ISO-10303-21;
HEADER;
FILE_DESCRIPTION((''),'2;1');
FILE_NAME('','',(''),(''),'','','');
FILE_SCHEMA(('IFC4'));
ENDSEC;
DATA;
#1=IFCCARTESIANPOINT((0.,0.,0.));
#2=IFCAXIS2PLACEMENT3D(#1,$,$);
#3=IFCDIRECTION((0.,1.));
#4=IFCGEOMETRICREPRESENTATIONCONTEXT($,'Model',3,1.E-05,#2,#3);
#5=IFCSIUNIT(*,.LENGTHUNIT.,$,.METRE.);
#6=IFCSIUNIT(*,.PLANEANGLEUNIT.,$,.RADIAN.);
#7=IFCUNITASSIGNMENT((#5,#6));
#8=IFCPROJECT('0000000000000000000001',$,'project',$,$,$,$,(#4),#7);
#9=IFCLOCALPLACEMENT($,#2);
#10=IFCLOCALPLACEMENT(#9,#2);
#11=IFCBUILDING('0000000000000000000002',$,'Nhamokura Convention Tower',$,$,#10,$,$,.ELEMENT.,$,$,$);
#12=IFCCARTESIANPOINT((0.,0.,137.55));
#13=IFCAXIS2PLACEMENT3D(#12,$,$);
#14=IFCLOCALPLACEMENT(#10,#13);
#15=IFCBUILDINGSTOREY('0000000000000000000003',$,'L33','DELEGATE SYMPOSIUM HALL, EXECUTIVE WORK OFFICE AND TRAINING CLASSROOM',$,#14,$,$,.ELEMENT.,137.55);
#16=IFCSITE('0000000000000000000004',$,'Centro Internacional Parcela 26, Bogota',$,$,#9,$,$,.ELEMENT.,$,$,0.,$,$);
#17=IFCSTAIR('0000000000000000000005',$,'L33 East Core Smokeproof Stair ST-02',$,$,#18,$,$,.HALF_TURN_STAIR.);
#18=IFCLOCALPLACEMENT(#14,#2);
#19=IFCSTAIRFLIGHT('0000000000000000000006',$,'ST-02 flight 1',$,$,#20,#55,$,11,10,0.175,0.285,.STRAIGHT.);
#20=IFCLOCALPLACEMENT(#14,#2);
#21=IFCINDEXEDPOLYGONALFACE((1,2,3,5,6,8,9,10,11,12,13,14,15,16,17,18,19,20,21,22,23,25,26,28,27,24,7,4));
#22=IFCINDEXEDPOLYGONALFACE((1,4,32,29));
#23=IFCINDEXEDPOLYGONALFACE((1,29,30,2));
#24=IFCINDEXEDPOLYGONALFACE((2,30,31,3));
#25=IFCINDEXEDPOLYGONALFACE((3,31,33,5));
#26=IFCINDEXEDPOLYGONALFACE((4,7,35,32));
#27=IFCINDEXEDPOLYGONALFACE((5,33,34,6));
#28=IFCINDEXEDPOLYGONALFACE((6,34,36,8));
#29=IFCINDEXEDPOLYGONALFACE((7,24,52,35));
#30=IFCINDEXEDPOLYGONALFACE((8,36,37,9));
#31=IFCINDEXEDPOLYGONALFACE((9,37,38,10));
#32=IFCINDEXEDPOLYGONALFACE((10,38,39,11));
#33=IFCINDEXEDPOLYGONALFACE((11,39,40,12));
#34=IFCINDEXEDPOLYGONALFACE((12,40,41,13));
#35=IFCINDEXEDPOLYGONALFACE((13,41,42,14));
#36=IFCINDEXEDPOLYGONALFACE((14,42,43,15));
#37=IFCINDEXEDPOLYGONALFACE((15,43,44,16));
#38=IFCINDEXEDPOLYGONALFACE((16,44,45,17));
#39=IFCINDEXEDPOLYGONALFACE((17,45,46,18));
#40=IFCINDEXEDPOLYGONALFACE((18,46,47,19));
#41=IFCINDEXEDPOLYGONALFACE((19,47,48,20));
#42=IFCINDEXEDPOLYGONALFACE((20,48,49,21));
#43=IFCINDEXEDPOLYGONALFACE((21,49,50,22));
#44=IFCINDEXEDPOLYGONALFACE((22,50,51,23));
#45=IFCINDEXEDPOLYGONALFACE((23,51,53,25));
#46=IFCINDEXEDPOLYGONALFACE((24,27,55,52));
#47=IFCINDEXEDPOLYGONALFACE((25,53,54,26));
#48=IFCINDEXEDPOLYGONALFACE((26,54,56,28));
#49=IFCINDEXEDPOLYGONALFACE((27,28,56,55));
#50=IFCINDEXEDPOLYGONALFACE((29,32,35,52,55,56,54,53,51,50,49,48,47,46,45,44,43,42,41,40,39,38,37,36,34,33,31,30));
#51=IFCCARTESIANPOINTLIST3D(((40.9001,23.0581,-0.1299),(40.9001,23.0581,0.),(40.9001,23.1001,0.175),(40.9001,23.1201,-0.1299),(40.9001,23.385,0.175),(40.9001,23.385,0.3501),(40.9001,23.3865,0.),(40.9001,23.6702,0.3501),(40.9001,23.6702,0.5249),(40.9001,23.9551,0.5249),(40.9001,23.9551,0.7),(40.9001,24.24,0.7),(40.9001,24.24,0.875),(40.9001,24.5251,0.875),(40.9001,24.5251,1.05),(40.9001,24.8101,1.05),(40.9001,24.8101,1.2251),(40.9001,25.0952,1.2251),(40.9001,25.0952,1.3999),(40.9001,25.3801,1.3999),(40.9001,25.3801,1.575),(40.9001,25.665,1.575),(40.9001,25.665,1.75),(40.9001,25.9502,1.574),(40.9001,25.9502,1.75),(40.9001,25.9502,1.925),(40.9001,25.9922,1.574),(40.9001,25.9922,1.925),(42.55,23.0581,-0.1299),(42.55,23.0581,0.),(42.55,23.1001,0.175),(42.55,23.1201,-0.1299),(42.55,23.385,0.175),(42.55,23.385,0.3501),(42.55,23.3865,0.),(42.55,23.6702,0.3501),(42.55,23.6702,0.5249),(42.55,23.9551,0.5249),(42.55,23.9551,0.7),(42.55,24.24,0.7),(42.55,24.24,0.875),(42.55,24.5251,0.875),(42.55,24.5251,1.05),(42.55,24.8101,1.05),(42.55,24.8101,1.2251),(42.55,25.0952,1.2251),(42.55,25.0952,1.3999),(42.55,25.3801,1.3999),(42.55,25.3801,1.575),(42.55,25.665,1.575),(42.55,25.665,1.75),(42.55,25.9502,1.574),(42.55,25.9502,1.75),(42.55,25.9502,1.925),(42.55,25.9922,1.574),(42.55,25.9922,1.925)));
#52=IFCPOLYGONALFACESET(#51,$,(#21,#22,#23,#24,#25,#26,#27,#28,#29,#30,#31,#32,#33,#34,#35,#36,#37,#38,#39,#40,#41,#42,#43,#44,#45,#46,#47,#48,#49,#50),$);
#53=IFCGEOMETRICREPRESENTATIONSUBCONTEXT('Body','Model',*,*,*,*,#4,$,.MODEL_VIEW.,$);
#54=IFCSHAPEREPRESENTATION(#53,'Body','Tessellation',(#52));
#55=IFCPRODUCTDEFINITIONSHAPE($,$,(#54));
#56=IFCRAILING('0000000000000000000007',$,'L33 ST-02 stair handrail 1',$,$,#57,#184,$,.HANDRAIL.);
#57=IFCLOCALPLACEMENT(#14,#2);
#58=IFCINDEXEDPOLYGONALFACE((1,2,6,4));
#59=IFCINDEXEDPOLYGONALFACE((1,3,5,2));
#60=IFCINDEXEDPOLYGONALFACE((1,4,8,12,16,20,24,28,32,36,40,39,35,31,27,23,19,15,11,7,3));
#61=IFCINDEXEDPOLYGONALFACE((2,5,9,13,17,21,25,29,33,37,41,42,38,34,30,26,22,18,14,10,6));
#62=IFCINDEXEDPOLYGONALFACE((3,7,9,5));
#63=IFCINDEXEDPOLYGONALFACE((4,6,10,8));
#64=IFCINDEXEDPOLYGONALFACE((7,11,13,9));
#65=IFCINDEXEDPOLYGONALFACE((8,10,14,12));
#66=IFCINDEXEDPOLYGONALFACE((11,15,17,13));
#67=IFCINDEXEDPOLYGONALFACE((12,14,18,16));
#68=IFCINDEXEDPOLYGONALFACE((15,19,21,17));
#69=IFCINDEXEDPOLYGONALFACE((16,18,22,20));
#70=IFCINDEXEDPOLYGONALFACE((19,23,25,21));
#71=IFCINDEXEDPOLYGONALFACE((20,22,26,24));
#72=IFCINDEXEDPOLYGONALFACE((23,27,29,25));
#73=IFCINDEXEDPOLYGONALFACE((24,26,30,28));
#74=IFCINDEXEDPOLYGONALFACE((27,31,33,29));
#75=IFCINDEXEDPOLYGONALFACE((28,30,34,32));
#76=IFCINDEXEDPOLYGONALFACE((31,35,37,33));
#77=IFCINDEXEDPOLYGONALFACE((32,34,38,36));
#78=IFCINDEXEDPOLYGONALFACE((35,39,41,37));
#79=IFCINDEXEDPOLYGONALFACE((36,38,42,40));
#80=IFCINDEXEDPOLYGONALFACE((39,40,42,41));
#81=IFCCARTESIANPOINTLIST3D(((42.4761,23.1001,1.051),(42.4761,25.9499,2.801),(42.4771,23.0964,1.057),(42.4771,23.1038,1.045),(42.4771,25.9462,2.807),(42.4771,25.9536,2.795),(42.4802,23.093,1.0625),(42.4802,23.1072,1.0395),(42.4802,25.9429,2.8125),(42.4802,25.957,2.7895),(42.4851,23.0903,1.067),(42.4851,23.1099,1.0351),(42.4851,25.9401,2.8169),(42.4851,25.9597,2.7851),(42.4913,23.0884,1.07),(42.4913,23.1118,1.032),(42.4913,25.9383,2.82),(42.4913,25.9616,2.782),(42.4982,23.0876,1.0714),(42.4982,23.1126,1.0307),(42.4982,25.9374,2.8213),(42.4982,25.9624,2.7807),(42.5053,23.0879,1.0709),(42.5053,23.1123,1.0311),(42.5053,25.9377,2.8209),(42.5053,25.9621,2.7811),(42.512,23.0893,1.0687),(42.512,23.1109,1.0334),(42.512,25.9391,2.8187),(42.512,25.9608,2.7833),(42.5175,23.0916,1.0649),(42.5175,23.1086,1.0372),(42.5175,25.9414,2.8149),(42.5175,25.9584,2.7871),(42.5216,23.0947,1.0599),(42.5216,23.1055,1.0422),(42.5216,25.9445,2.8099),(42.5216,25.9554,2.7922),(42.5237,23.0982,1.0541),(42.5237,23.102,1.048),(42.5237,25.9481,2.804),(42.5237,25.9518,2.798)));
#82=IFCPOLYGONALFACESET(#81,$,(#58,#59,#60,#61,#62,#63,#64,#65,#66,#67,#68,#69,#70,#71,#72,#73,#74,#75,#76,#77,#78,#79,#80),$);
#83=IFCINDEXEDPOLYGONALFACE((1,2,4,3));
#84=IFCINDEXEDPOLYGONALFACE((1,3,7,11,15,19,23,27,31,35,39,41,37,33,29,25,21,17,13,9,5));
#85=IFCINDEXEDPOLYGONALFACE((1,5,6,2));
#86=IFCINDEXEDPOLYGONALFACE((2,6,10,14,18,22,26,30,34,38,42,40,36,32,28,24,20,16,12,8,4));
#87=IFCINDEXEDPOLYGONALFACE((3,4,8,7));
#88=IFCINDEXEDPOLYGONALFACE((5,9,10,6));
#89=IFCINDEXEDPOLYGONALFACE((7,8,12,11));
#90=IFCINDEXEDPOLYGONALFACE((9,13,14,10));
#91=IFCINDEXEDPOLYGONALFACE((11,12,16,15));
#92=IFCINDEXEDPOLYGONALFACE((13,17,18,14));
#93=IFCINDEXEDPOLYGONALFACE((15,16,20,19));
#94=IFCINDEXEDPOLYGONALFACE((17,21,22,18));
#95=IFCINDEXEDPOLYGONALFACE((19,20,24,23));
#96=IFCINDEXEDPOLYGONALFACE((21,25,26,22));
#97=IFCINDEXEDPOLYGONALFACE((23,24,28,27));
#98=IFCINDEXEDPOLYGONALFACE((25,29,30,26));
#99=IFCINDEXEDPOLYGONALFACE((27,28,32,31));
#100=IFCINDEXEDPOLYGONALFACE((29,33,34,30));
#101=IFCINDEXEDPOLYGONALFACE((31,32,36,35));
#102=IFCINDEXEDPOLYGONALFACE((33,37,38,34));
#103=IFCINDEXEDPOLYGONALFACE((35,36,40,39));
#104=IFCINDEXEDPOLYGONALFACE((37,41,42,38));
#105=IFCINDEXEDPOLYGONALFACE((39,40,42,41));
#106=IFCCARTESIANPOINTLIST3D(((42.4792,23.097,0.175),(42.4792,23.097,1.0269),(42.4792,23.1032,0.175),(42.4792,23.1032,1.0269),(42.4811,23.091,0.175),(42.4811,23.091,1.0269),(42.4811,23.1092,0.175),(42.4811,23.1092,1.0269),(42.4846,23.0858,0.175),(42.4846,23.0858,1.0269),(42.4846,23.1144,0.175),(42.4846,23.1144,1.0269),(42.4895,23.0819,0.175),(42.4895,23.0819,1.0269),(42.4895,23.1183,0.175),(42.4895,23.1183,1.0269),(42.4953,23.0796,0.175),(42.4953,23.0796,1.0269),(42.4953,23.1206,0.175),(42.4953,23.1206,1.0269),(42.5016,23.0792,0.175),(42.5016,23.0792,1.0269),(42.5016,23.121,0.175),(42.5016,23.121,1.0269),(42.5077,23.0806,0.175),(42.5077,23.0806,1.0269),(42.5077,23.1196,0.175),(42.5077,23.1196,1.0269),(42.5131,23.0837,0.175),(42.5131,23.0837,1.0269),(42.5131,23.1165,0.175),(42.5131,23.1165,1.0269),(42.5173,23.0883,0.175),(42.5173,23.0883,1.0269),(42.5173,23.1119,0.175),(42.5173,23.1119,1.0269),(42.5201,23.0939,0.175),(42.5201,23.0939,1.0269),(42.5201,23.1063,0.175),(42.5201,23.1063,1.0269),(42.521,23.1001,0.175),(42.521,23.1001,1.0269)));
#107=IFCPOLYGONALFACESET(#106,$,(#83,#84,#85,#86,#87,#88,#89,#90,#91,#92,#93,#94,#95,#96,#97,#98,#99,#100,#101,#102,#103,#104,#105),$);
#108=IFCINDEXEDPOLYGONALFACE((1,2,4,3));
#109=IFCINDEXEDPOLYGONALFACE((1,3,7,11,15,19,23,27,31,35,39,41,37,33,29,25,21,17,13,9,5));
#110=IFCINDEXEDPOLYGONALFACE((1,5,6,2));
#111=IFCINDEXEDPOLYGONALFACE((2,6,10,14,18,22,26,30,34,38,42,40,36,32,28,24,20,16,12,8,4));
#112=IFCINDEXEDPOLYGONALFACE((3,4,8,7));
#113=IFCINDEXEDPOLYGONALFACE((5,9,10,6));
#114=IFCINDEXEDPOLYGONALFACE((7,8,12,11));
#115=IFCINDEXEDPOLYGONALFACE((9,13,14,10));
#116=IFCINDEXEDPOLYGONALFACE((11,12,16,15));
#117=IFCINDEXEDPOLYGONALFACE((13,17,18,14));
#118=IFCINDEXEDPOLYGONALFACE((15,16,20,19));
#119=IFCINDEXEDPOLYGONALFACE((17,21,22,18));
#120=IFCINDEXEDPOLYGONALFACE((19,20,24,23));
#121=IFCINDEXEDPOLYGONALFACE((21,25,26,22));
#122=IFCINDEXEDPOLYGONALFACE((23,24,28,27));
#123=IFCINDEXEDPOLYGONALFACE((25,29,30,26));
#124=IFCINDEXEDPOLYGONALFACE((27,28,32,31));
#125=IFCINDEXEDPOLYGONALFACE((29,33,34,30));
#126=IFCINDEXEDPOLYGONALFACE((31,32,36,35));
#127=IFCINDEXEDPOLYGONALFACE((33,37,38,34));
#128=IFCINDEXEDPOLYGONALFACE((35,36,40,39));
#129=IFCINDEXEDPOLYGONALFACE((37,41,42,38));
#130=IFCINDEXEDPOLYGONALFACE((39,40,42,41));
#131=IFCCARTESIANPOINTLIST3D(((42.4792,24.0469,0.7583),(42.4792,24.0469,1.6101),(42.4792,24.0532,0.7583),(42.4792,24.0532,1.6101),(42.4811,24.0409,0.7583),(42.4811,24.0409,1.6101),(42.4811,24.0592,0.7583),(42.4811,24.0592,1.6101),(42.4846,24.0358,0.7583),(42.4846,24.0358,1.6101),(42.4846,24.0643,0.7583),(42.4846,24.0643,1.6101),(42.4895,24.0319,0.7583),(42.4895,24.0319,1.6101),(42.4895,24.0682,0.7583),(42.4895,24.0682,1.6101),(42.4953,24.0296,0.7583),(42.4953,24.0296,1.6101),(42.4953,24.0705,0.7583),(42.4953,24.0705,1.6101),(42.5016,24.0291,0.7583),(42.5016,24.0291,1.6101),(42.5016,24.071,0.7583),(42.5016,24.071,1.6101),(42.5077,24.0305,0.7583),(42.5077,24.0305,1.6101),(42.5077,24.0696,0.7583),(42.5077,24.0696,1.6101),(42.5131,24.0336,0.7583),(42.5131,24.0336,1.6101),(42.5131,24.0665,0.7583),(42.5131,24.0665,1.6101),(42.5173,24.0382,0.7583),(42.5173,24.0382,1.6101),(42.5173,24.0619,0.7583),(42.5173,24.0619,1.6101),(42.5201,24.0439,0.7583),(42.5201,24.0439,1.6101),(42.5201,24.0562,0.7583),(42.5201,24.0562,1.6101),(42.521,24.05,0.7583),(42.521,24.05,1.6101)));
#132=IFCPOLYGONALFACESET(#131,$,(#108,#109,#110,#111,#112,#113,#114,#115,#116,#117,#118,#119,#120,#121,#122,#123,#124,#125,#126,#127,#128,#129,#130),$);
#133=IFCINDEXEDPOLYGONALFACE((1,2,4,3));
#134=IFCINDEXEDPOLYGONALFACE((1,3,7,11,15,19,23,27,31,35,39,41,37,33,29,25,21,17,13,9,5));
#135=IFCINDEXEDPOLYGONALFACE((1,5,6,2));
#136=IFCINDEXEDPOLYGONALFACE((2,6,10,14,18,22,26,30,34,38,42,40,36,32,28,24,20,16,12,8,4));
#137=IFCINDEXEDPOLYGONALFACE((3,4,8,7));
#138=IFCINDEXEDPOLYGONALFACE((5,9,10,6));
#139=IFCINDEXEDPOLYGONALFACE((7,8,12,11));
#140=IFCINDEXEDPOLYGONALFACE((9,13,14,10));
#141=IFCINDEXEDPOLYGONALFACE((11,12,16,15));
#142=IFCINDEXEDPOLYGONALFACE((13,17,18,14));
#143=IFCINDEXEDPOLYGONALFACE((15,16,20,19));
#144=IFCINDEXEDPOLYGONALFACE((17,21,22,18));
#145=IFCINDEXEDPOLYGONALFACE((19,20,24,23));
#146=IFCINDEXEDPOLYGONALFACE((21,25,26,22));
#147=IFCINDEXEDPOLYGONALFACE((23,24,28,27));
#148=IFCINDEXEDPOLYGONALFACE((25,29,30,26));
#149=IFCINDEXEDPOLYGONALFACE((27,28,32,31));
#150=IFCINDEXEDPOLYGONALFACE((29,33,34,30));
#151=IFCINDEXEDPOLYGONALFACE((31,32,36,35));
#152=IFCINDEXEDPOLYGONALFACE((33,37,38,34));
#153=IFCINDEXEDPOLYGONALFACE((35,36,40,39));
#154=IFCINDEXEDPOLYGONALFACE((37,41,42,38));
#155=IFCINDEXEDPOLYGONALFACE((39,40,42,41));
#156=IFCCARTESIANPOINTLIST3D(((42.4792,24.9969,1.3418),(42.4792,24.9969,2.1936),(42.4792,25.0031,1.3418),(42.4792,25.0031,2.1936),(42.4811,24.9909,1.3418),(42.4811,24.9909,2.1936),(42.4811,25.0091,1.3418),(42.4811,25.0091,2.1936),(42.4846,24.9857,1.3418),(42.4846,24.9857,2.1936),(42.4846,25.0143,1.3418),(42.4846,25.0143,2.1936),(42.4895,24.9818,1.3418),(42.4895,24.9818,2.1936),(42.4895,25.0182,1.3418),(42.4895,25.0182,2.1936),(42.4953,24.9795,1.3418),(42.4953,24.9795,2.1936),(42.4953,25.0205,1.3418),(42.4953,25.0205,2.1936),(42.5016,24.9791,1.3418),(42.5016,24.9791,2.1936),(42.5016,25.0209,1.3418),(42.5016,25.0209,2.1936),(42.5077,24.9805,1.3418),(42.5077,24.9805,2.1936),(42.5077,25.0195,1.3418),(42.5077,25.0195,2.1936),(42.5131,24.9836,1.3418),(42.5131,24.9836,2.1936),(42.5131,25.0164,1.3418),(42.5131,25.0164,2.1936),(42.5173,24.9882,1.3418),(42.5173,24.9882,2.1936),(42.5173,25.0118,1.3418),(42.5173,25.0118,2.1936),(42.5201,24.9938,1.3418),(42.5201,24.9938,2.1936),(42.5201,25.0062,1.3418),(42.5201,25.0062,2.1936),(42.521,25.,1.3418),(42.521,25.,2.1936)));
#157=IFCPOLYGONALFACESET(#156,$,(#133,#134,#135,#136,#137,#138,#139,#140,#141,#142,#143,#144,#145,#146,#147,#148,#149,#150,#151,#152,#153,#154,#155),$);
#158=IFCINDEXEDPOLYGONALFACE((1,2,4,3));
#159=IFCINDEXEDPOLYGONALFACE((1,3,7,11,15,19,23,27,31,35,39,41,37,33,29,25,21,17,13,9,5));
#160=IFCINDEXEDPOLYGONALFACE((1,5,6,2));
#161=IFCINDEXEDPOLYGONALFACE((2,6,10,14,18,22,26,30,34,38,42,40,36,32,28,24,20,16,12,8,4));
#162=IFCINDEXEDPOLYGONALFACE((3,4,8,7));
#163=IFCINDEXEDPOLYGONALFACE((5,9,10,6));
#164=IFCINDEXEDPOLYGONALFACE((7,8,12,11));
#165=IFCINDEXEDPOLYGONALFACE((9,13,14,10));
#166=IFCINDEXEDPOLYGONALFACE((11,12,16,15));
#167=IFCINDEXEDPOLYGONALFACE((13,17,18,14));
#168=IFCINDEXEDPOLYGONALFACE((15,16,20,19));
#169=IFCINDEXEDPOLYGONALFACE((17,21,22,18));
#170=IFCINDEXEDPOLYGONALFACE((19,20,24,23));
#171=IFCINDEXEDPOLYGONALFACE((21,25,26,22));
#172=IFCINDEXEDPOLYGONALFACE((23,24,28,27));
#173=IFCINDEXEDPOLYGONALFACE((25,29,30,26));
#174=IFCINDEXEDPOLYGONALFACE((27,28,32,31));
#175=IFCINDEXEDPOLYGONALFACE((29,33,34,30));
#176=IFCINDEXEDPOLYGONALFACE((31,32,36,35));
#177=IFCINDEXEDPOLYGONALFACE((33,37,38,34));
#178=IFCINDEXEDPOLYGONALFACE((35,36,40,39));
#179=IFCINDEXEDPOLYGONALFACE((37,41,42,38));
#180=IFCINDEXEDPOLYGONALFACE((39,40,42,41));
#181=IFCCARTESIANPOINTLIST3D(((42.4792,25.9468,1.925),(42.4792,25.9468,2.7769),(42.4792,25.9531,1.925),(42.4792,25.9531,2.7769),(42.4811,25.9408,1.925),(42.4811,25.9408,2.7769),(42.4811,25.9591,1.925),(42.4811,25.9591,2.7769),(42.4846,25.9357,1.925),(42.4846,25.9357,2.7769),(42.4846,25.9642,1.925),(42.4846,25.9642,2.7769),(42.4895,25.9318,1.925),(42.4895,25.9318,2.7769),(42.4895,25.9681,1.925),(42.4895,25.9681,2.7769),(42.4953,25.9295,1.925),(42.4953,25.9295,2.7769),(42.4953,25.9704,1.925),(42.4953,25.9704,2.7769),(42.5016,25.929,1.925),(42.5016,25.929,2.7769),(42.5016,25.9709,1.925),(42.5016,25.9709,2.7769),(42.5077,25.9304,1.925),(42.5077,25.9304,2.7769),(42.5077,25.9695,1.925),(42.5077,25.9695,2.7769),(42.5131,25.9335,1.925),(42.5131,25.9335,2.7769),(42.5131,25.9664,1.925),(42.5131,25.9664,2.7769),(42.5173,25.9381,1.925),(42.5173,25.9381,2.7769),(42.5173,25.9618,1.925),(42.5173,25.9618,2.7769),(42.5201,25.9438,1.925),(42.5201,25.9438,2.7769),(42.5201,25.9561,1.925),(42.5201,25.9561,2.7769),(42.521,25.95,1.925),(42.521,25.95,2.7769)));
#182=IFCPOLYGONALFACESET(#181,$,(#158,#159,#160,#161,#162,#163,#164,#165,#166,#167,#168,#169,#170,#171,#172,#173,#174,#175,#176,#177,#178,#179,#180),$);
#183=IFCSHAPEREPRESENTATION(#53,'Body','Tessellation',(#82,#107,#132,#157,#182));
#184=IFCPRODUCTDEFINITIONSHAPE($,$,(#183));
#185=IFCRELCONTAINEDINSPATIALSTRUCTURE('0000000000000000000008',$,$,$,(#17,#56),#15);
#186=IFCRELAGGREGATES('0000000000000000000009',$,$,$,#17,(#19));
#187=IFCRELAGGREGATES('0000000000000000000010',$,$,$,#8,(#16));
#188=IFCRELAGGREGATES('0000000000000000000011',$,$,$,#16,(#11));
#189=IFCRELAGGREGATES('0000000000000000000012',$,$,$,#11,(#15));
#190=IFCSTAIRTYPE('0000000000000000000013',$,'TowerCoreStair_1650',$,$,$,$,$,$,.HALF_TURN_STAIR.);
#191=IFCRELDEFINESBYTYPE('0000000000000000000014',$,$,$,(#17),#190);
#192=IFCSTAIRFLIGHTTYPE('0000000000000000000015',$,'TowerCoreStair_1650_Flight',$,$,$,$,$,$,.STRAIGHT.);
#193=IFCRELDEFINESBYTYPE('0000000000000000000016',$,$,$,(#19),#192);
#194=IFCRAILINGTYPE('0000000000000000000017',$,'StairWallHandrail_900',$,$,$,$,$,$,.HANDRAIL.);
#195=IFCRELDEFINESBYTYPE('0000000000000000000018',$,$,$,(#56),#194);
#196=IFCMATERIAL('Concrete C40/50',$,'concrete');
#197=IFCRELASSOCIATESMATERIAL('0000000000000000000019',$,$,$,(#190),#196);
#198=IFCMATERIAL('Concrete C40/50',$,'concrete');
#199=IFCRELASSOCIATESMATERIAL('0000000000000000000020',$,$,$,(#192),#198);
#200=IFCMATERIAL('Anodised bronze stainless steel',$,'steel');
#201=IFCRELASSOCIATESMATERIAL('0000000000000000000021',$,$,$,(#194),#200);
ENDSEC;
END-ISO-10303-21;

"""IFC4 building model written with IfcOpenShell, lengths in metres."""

from ifc_helpers import new_model, si_unit, direction, frame, origin, origin_2d, place, context, subcontext, project, spatial, polyline, circle, outline, extrude, material, type_object, element, aggregate, save


model = new_model("IFC4")

# Units and contexts
model_context = context("Model", 3, precision=1e-05, world=origin(), true_north=direction((0.0, 1.0)))
body_context = subcontext(model_context, "Body", "Model", "MODEL_VIEW")
ifc_project = project(units=[si_unit("LENGTHUNIT", "METRE"), si_unit("PLANEANGLEUNIT", "RADIAN")], contexts=[model_context])

# Site, building, storey
site_placement = place(None, origin())
site = spatial("IfcSite", under=ifc_project, at=site_placement, Name="Centro Internacional Parcela 26, Bogota", CompositionType="ELEMENT", RefElevation=0.0)
building_placement = place(site_placement, origin())
building = spatial("IfcBuilding", under=site, at=building_placement, Name="Nhamokura Convention Tower", CompositionType="ELEMENT")
storey_placement = place(building_placement, frame((0.0, 0.0, 137.55)))
storey = spatial("IfcBuildingStorey", under=building, at=storey_placement, Name="L33", Description="DELEGATE SYMPOSIUM HALL, EXECUTIVE WORK OFFICE AND TRAINING CLASSROOM", CompositionType="ELEMENT", Elevation=137.55)

# Stair, stair flight
ifc_material_1 = material(Name="Concrete C40/50", Category="concrete")
stair_type = type_object("IfcStairType", Name="TowerCoreStair_1650", PredefinedType="HALF_TURN_STAIR", material=ifc_material_1)
stair_placement = place(storey_placement, origin())
stair = element("IfcStair", 1, at=stair_placement, inside=storey, type_object=stair_type, Name="L33 East Core Smokeproof Stair ST-02", PredefinedType="HALF_TURN_STAIR")
ifc_material_2 = material(Name="Concrete C40/50", Category="concrete")
stair_flight_type = type_object("IfcStairFlightType", Name="TowerCoreStair_1650_Flight", PredefinedType="STRAIGHT", material=ifc_material_2)
stair_flight_placement = place(storey_placement, frame((41.7251, 23.1001, 0.0), z_axis=(0.0, 0.0, 1.0), x_axis=(0.0, 1.0, 0.0)))
stair_flight = element("IfcStairFlight", 2, at=stair_flight_placement, type_object=stair_flight_type, Name="ST-02 flight 1", NumberOfRisers=11, NumberOfTreads=10, PredefinedType="STRAIGHT", RiserHeight=0.175, TreadLength=0.285, context=body_context, shape_type="SweptSolid", body=[
    extrude(outline(polyline([(-0.042, 0.0), (0.0, 0.175), (0.2849, 0.175), (0.2849, 0.3501), (0.5701, 0.3501), (0.5701, 0.5249), (0.855, 0.5249), (0.855, 0.7), (1.1399, 0.7), (1.1399, 0.875), (1.425, 0.875), (1.425, 1.05), (1.71, 1.05), (1.71, 1.2251), (1.9951, 1.2251), (1.9951, 1.3999), (2.28, 1.3999), (2.28, 1.575), (2.5649, 1.575), (2.5649, 1.75), (2.8501, 1.75), (2.8501, 1.925), (2.8921, 1.925), (2.8921, 1.574), (2.8501, 1.574), (0.2864, 0.0), (0.02, -0.1299), (-0.042, -0.1299), (-0.042, 0.0)])), frame((0.0, 0.825, 0.0), z_axis=(0.0, -1.0, 0.0), x_axis=(1.0, 0.0, 0.0)), (0.0, 0.0, 1.0), 1.6499),
])
aggregate(stair, [stair_flight])

# Railing
ifc_material_3 = material(Name="Anodised bronze stainless steel", Category="steel")
railing_type_1 = type_object("IfcRailingType", Name="StairWallHandrail_900", PredefinedType="HANDRAIL", material=ifc_material_3)
railing_1_placement = place(storey_placement, frame((42.5, 23.1001, 0.175)))
element("IfcRailing", 3, at=railing_1_placement, inside=storey, type_object=railing_type_1, Name="L33 ST-02 stair handrail 1", PredefinedType="HANDRAIL", context=body_context, shape_type="SweptSolid", body=[
    extrude(circle(Radius=0.0239, at=origin_2d()), frame((0.0, 0.0, 0.876), z_axis=(0.0, 0.852159, 0.523283), x_axis=(-1.0, 0.0, 0.0)), (0.0, 0.0, 1.0), 3.3442),
    extrude(circle(Radius=0.021, at=origin_2d()), origin(), (0.0, 0.0, 1.0), 0.8518),
    extrude(circle(Radius=0.021, at=origin_2d()), frame((0.0, 0.95, 0.5833)), (0.0, 0.0, 1.0), 0.8518),
    extrude(circle(Radius=0.021, at=origin_2d()), frame((0.0, 1.8999, 1.1667)), (0.0, 0.0, 1.0), 0.8518),
    extrude(circle(Radius=0.021, at=origin_2d()), frame((0.0, 2.8499, 1.75)), (0.0, 0.0, 1.0), 0.8518),
])

save(model, "model.ifc")
